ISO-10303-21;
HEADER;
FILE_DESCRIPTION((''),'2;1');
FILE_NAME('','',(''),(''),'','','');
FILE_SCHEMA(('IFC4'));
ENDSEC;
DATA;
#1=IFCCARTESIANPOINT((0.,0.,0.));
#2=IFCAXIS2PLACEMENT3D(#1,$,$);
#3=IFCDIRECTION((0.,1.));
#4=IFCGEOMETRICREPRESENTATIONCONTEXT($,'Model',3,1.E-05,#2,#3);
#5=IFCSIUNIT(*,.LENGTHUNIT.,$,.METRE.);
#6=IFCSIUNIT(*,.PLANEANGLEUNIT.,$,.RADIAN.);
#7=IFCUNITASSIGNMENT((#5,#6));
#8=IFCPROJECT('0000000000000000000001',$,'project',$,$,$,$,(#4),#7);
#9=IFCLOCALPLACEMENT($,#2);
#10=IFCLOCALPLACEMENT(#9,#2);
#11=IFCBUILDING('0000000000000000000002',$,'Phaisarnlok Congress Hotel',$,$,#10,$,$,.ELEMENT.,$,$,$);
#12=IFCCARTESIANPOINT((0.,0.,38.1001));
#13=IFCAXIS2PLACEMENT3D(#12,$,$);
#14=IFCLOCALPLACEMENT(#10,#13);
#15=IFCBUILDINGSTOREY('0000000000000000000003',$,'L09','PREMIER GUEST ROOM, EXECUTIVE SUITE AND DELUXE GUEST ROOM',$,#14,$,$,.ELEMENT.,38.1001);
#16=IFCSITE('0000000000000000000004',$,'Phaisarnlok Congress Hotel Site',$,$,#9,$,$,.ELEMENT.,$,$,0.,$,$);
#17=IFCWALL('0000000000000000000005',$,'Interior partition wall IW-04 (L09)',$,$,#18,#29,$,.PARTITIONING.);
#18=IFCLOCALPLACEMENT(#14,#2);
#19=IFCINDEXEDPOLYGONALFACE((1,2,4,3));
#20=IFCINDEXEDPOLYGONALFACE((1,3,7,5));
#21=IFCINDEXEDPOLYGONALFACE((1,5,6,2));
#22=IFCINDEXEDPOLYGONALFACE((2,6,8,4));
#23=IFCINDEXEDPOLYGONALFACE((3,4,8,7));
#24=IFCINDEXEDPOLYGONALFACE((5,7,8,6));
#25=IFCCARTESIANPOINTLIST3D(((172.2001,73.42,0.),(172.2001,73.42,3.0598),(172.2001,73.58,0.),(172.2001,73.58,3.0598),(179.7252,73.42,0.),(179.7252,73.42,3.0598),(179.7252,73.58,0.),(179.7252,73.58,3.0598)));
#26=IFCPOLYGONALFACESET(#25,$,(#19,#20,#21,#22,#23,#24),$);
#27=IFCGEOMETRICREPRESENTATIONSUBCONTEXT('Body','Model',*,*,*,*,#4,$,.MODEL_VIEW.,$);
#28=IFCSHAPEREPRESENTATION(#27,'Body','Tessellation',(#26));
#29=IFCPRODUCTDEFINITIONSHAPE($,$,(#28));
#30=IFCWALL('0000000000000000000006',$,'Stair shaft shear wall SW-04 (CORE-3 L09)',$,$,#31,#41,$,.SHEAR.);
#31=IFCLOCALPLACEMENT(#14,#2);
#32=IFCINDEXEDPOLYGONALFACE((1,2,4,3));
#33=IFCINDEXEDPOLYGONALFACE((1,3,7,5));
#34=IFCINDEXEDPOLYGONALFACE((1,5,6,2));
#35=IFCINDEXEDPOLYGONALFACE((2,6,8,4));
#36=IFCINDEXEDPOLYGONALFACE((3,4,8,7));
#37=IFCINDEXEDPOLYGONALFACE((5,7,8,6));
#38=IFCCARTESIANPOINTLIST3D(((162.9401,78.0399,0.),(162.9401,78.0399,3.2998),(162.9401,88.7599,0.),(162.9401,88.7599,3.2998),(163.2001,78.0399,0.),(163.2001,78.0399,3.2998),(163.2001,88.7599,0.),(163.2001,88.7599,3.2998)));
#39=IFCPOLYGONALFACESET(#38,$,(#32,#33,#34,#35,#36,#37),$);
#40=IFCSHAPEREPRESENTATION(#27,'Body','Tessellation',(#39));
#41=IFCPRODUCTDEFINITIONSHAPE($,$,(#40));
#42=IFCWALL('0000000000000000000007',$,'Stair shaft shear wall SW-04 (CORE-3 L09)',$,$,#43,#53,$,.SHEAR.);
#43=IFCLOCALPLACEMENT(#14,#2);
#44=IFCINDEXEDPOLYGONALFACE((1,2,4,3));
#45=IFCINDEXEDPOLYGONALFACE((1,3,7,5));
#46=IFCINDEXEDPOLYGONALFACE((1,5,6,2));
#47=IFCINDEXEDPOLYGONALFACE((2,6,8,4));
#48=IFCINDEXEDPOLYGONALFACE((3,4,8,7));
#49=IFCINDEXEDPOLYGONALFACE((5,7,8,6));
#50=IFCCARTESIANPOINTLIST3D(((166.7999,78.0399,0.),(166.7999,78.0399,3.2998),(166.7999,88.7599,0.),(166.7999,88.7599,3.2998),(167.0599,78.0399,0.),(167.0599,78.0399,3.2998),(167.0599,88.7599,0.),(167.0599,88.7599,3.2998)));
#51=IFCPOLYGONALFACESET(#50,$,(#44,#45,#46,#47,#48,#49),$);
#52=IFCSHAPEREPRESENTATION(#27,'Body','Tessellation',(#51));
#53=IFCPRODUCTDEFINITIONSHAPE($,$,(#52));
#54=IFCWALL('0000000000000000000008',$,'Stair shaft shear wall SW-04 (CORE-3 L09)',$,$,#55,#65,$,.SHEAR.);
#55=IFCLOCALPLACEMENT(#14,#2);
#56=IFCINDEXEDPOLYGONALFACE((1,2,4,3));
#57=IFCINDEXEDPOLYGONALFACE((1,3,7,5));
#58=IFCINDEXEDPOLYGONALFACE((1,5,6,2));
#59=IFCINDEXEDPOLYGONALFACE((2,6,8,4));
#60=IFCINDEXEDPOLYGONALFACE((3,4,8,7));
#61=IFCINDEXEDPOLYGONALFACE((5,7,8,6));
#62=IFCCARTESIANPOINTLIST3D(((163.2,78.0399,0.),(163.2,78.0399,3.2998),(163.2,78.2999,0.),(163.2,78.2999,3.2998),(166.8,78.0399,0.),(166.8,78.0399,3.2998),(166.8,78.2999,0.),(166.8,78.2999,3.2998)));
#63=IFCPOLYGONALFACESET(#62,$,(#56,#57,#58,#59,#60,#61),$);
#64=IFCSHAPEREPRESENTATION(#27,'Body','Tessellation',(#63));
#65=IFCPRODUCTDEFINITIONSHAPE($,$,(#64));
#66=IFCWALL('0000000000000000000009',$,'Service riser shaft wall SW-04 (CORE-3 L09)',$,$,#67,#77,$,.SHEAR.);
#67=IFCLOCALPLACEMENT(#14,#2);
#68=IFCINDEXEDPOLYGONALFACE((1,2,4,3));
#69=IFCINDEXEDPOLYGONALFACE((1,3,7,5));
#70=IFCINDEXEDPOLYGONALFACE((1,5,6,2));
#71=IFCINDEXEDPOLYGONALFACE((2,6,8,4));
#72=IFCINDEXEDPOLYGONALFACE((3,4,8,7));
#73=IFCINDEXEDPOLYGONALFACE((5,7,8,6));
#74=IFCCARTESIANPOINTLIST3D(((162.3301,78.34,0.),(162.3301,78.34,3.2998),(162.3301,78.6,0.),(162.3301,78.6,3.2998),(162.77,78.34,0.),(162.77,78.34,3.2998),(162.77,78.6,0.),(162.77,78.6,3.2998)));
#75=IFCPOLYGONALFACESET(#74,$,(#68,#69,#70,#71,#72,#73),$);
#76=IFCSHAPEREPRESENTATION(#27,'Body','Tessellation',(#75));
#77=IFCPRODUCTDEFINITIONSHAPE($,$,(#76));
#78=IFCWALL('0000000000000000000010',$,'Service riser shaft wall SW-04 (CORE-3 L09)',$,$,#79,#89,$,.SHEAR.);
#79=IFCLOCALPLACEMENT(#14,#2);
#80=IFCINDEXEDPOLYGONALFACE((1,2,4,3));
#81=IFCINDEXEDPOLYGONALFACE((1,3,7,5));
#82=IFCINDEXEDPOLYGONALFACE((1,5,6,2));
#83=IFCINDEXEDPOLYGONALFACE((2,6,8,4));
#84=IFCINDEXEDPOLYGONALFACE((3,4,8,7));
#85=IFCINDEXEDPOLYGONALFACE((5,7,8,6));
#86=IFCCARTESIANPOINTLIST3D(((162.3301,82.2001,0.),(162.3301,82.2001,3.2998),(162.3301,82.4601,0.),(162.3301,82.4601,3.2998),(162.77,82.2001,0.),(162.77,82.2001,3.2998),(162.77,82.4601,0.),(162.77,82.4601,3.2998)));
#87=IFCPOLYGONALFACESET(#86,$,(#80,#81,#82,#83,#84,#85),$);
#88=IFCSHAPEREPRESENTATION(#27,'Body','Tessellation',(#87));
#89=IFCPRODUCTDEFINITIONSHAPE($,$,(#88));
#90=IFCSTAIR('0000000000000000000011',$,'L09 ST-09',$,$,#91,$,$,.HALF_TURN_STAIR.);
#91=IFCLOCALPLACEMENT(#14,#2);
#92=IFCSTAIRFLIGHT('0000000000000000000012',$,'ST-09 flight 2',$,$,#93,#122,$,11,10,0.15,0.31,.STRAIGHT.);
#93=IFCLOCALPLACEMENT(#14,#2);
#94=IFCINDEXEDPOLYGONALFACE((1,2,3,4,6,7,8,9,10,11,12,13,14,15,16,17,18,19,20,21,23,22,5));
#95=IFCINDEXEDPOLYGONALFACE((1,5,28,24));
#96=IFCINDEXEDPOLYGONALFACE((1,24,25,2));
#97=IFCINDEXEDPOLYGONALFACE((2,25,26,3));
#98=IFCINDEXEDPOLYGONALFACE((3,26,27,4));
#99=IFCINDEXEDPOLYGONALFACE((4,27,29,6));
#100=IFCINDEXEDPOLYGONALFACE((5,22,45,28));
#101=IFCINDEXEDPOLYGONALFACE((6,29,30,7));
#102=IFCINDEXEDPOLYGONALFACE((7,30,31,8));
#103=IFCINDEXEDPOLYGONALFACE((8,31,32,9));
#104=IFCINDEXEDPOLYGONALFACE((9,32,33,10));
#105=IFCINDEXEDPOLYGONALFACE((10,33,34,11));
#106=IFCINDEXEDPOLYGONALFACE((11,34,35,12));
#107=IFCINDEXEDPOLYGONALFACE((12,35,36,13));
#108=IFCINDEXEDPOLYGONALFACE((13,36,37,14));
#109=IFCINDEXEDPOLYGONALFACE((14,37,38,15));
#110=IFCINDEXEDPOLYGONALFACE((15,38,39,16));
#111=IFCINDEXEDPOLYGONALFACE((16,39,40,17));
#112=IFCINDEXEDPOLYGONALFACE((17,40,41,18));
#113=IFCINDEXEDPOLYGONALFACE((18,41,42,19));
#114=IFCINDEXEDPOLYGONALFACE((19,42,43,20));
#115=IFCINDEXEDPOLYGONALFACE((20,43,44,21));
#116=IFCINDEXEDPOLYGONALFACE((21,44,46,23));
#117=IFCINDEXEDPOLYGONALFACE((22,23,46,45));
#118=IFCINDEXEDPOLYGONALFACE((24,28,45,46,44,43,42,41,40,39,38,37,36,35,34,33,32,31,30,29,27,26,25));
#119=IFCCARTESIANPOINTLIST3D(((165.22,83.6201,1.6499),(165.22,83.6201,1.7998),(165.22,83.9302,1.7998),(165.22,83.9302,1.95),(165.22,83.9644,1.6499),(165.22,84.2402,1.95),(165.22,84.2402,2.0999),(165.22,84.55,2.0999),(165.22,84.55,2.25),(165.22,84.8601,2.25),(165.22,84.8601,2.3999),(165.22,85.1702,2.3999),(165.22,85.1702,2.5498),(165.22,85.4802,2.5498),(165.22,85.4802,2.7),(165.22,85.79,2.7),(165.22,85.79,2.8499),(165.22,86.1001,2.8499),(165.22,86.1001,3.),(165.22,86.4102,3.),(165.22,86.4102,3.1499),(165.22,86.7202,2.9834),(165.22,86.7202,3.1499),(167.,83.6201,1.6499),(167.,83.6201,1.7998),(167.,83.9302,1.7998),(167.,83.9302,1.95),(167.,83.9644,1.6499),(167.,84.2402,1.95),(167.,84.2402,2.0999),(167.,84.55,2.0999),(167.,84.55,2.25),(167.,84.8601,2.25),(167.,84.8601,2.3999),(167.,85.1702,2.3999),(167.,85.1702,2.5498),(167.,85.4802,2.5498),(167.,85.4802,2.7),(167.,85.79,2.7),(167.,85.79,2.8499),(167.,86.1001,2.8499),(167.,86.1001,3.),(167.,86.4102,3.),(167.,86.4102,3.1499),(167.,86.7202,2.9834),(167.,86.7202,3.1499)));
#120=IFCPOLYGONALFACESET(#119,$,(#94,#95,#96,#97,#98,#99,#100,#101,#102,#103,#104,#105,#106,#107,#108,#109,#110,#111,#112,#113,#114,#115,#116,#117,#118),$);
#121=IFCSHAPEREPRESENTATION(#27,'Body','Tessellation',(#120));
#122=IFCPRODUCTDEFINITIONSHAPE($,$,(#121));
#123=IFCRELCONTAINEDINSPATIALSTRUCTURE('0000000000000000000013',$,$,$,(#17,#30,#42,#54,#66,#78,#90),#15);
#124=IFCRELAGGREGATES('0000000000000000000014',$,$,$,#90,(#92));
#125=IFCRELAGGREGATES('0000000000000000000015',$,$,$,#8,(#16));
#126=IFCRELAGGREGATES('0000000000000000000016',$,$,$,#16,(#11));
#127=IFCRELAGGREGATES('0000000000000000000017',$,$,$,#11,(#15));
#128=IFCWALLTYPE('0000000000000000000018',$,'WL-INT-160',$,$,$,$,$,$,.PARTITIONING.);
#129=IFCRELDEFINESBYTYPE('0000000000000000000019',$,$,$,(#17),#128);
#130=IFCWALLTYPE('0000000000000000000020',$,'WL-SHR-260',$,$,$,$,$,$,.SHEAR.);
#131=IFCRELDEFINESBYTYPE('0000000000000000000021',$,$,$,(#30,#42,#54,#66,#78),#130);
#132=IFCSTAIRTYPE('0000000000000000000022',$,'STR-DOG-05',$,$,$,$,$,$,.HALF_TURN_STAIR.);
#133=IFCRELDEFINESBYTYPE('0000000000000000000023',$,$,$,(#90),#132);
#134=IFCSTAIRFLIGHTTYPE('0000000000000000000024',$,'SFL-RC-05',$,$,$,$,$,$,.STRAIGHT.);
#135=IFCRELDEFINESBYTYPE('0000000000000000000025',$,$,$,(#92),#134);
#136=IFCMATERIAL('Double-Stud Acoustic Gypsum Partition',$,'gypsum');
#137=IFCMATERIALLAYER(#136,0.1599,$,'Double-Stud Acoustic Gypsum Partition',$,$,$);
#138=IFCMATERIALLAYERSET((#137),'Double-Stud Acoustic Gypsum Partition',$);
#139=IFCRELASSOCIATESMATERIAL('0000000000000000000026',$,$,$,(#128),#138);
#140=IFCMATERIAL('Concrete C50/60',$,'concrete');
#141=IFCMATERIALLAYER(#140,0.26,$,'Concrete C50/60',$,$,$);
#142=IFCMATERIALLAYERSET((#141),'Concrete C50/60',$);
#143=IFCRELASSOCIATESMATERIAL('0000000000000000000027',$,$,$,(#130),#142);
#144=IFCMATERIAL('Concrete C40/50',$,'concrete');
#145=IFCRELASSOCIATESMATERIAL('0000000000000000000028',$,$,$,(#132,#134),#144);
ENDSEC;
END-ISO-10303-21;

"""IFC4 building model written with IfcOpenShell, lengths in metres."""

from ifc_helpers import new_model, si_unit, direction, frame, frame_2d, origin, place, context, subcontext, project, spatial, polyline, rectangle, outline, extrude, material, layer, layer_set, type_object, element, aggregate, save


model = new_model("IFC4")

# Units and contexts
model_context = context("Model", 3, precision=1e-05, world=origin(), true_north=direction((0.0, 1.0)))
body_context = subcontext(model_context, "Body", "Model", "MODEL_VIEW")
ifc_project = project(units=[si_unit("LENGTHUNIT", "METRE"), si_unit("PLANEANGLEUNIT", "RADIAN")], contexts=[model_context])

# Site, building, storey
site_placement = place(None, origin())
site = spatial("IfcSite", under=ifc_project, at=site_placement, Name="Phaisarnlok Congress Hotel Site", CompositionType="ELEMENT", RefElevation=0.0)
building_placement = place(site_placement, origin())
building = spatial("IfcBuilding", under=site, at=building_placement, Name="Phaisarnlok Congress Hotel", CompositionType="ELEMENT")
storey_placement = place(building_placement, frame((0.0, 0.0, 38.1001)))
storey = spatial("IfcBuildingStorey", under=building, at=storey_placement, Name="L09", Description="PREMIER GUEST ROOM, EXECUTIVE SUITE AND DELUXE GUEST ROOM", CompositionType="ELEMENT", Elevation=38.1001)

# Shared definitions
ifc_material_1 = material(Name="Concrete C50/60", Category="concrete")

# Shared definitions
ifc_material_2 = material(Name="Concrete C40/50", Category="concrete")

# Walls
ifc_material_3 = material(Name="Double-Stud Acoustic Gypsum Partition", Category="gypsum")
ifc_layer_1 = layer(ifc_material_3, 0.1599, Name="Double-Stud Acoustic Gypsum Partition")
ifc_layer_set_1 = layer_set([ifc_layer_1], Name="Double-Stud Acoustic Gypsum Partition")
wall_type_1 = type_object("IfcWallType", Name="WL-INT-160", PredefinedType="PARTITIONING", material=ifc_layer_set_1)
wall_1_placement = place(storey_placement, frame((172.2, 73.5, 0.0), z_axis=(0.0, 0.0, 1.0), x_axis=(1.0, 0.0, 0.0)))
element("IfcWall", 1, at=wall_1_placement, inside=storey, type_object=wall_type_1, Name="Interior partition wall IW-04 (L09)", PredefinedType="PARTITIONING", context=body_context, shape_type="SweptSolid", body=[
    extrude(rectangle(XDim=7.5251, YDim=0.1599, at=frame_2d((3.7627, 0.0))), origin(), (0.0, 0.0, 1.0), 3.0598),
])
ifc_layer_2 = layer(ifc_material_1, 0.26, Name="Concrete C50/60")
ifc_layer_set_2 = layer_set([ifc_layer_2], Name="Concrete C50/60")
wall_type_2 = type_object("IfcWallType", Name="WL-SHR-260", PredefinedType="SHEAR", material=ifc_layer_set_2)
for number, where, z_axis, x_axis, name in (
    (2, (163.0701, 78.04, 0.0), (0.0, 0.0, 1.0), (0.0, 1.0, 0.0), "Stair shaft shear wall SW-04 (CORE-3 L09)"),
    (3, (166.9299, 78.04, 0.0), (0.0, 0.0, 1.0), (0.0, 1.0, 0.0), "Stair shaft shear wall SW-04 (CORE-3 L09)"),
):
    element("IfcWall", number, at=place(storey_placement, frame(where, z_axis=z_axis, x_axis=x_axis)), inside=storey, type_object=wall_type_2, Name=name, PredefinedType="SHEAR", context=body_context, shape_type="SweptSolid", body=[
        extrude(rectangle(XDim=10.72, YDim=0.26, at=frame_2d((5.3599, 0.0))), origin(), (0.0, 0.0, 1.0), 3.2998),
    ])
wall_2_placement = place(storey_placement, frame((163.2, 78.1699, 0.0), z_axis=(0.0, 0.0, 1.0), x_axis=(1.0, 0.0, 0.0)))
element("IfcWall", 4, at=wall_2_placement, inside=storey, type_object=wall_type_2, Name="Stair shaft shear wall SW-04 (CORE-3 L09)", PredefinedType="SHEAR", context=body_context, shape_type="SweptSolid", body=[
    extrude(rectangle(XDim=3.6001, YDim=0.26, at=frame_2d((1.8, 0.0))), origin(), (0.0, 0.0, 1.0), 3.2998),
])
for number, where, z_axis, x_axis, name in (
    (5, (162.3301, 78.47, 0.0), (0.0, 0.0, 1.0), (1.0, 0.0, 0.0), "Service riser shaft wall SW-04 (CORE-3 L09)"),
    (6, (162.3301, 82.3301, 0.0), (0.0, 0.0, 1.0), (1.0, 0.0, 0.0), "Service riser shaft wall SW-04 (CORE-3 L09)"),
):
    element("IfcWall", number, at=place(storey_placement, frame(where, z_axis=z_axis, x_axis=x_axis)), inside=storey, type_object=wall_type_2, Name=name, PredefinedType="SHEAR", context=body_context, shape_type="SweptSolid", body=[
        extrude(rectangle(XDim=0.4399, YDim=0.26, at=frame_2d((0.22, 0.0))), origin(), (0.0, 0.0, 1.0), 3.2998),
    ])

# Stair, stair flight
stair_type = type_object("IfcStairType", Name="STR-DOG-05", PredefinedType="HALF_TURN_STAIR", material=ifc_material_2)
stair_placement = place(storey_placement, origin())
stair = element("IfcStair", 7, at=stair_placement, inside=storey, type_object=stair_type, Name="L09 ST-09", PredefinedType="HALF_TURN_STAIR")
stair_flight_type = type_object("IfcStairFlightType", Name="SFL-RC-05", PredefinedType="STRAIGHT", material=ifc_material_2)
stair_flight_placement = place(storey_placement, frame((166.1101, 83.6201, 1.6499), z_axis=(0.0, 0.0, 1.0), x_axis=(0.0, 1.0, 0.0)))
stair_flight = element("IfcStairFlight", 8, at=stair_flight_placement, type_object=stair_flight_type, Name="ST-09 flight 2", NumberOfRisers=11, NumberOfTreads=10, PredefinedType="STRAIGHT", RiserHeight=0.15, TreadLength=0.31, context=body_context, shape_type="SweptSolid", body=[
    extrude(outline(polyline([(0.0, 0.0), (0.0, 0.1499), (0.3101, 0.1499), (0.3101, 0.3), (0.6201, 0.3), (0.6201, 0.45), (0.9299, 0.45), (0.9299, 0.6001), (1.24, 0.6001), (1.24, 0.75), (1.55, 0.75), (1.55, 0.8999), (1.8601, 0.8999), (1.8601, 1.05), (2.1699, 1.05), (2.1699, 1.2), (2.48, 1.2), (2.48, 1.3501), (2.79, 1.3501), (2.79, 1.5), (3.1001, 1.5), (3.1001, 1.6499), (3.1001, 1.3335), (0.3442, 0.0), (0.0, 0.0)])), frame((0.0, 0.8901, 0.0), z_axis=(0.0, -1.0, 0.0), x_axis=(1.0, 0.0, 0.0)), (0.0, 0.0, 1.0), 1.78),
])
aggregate(stair, [stair_flight])

save(model, "model.ifc")
